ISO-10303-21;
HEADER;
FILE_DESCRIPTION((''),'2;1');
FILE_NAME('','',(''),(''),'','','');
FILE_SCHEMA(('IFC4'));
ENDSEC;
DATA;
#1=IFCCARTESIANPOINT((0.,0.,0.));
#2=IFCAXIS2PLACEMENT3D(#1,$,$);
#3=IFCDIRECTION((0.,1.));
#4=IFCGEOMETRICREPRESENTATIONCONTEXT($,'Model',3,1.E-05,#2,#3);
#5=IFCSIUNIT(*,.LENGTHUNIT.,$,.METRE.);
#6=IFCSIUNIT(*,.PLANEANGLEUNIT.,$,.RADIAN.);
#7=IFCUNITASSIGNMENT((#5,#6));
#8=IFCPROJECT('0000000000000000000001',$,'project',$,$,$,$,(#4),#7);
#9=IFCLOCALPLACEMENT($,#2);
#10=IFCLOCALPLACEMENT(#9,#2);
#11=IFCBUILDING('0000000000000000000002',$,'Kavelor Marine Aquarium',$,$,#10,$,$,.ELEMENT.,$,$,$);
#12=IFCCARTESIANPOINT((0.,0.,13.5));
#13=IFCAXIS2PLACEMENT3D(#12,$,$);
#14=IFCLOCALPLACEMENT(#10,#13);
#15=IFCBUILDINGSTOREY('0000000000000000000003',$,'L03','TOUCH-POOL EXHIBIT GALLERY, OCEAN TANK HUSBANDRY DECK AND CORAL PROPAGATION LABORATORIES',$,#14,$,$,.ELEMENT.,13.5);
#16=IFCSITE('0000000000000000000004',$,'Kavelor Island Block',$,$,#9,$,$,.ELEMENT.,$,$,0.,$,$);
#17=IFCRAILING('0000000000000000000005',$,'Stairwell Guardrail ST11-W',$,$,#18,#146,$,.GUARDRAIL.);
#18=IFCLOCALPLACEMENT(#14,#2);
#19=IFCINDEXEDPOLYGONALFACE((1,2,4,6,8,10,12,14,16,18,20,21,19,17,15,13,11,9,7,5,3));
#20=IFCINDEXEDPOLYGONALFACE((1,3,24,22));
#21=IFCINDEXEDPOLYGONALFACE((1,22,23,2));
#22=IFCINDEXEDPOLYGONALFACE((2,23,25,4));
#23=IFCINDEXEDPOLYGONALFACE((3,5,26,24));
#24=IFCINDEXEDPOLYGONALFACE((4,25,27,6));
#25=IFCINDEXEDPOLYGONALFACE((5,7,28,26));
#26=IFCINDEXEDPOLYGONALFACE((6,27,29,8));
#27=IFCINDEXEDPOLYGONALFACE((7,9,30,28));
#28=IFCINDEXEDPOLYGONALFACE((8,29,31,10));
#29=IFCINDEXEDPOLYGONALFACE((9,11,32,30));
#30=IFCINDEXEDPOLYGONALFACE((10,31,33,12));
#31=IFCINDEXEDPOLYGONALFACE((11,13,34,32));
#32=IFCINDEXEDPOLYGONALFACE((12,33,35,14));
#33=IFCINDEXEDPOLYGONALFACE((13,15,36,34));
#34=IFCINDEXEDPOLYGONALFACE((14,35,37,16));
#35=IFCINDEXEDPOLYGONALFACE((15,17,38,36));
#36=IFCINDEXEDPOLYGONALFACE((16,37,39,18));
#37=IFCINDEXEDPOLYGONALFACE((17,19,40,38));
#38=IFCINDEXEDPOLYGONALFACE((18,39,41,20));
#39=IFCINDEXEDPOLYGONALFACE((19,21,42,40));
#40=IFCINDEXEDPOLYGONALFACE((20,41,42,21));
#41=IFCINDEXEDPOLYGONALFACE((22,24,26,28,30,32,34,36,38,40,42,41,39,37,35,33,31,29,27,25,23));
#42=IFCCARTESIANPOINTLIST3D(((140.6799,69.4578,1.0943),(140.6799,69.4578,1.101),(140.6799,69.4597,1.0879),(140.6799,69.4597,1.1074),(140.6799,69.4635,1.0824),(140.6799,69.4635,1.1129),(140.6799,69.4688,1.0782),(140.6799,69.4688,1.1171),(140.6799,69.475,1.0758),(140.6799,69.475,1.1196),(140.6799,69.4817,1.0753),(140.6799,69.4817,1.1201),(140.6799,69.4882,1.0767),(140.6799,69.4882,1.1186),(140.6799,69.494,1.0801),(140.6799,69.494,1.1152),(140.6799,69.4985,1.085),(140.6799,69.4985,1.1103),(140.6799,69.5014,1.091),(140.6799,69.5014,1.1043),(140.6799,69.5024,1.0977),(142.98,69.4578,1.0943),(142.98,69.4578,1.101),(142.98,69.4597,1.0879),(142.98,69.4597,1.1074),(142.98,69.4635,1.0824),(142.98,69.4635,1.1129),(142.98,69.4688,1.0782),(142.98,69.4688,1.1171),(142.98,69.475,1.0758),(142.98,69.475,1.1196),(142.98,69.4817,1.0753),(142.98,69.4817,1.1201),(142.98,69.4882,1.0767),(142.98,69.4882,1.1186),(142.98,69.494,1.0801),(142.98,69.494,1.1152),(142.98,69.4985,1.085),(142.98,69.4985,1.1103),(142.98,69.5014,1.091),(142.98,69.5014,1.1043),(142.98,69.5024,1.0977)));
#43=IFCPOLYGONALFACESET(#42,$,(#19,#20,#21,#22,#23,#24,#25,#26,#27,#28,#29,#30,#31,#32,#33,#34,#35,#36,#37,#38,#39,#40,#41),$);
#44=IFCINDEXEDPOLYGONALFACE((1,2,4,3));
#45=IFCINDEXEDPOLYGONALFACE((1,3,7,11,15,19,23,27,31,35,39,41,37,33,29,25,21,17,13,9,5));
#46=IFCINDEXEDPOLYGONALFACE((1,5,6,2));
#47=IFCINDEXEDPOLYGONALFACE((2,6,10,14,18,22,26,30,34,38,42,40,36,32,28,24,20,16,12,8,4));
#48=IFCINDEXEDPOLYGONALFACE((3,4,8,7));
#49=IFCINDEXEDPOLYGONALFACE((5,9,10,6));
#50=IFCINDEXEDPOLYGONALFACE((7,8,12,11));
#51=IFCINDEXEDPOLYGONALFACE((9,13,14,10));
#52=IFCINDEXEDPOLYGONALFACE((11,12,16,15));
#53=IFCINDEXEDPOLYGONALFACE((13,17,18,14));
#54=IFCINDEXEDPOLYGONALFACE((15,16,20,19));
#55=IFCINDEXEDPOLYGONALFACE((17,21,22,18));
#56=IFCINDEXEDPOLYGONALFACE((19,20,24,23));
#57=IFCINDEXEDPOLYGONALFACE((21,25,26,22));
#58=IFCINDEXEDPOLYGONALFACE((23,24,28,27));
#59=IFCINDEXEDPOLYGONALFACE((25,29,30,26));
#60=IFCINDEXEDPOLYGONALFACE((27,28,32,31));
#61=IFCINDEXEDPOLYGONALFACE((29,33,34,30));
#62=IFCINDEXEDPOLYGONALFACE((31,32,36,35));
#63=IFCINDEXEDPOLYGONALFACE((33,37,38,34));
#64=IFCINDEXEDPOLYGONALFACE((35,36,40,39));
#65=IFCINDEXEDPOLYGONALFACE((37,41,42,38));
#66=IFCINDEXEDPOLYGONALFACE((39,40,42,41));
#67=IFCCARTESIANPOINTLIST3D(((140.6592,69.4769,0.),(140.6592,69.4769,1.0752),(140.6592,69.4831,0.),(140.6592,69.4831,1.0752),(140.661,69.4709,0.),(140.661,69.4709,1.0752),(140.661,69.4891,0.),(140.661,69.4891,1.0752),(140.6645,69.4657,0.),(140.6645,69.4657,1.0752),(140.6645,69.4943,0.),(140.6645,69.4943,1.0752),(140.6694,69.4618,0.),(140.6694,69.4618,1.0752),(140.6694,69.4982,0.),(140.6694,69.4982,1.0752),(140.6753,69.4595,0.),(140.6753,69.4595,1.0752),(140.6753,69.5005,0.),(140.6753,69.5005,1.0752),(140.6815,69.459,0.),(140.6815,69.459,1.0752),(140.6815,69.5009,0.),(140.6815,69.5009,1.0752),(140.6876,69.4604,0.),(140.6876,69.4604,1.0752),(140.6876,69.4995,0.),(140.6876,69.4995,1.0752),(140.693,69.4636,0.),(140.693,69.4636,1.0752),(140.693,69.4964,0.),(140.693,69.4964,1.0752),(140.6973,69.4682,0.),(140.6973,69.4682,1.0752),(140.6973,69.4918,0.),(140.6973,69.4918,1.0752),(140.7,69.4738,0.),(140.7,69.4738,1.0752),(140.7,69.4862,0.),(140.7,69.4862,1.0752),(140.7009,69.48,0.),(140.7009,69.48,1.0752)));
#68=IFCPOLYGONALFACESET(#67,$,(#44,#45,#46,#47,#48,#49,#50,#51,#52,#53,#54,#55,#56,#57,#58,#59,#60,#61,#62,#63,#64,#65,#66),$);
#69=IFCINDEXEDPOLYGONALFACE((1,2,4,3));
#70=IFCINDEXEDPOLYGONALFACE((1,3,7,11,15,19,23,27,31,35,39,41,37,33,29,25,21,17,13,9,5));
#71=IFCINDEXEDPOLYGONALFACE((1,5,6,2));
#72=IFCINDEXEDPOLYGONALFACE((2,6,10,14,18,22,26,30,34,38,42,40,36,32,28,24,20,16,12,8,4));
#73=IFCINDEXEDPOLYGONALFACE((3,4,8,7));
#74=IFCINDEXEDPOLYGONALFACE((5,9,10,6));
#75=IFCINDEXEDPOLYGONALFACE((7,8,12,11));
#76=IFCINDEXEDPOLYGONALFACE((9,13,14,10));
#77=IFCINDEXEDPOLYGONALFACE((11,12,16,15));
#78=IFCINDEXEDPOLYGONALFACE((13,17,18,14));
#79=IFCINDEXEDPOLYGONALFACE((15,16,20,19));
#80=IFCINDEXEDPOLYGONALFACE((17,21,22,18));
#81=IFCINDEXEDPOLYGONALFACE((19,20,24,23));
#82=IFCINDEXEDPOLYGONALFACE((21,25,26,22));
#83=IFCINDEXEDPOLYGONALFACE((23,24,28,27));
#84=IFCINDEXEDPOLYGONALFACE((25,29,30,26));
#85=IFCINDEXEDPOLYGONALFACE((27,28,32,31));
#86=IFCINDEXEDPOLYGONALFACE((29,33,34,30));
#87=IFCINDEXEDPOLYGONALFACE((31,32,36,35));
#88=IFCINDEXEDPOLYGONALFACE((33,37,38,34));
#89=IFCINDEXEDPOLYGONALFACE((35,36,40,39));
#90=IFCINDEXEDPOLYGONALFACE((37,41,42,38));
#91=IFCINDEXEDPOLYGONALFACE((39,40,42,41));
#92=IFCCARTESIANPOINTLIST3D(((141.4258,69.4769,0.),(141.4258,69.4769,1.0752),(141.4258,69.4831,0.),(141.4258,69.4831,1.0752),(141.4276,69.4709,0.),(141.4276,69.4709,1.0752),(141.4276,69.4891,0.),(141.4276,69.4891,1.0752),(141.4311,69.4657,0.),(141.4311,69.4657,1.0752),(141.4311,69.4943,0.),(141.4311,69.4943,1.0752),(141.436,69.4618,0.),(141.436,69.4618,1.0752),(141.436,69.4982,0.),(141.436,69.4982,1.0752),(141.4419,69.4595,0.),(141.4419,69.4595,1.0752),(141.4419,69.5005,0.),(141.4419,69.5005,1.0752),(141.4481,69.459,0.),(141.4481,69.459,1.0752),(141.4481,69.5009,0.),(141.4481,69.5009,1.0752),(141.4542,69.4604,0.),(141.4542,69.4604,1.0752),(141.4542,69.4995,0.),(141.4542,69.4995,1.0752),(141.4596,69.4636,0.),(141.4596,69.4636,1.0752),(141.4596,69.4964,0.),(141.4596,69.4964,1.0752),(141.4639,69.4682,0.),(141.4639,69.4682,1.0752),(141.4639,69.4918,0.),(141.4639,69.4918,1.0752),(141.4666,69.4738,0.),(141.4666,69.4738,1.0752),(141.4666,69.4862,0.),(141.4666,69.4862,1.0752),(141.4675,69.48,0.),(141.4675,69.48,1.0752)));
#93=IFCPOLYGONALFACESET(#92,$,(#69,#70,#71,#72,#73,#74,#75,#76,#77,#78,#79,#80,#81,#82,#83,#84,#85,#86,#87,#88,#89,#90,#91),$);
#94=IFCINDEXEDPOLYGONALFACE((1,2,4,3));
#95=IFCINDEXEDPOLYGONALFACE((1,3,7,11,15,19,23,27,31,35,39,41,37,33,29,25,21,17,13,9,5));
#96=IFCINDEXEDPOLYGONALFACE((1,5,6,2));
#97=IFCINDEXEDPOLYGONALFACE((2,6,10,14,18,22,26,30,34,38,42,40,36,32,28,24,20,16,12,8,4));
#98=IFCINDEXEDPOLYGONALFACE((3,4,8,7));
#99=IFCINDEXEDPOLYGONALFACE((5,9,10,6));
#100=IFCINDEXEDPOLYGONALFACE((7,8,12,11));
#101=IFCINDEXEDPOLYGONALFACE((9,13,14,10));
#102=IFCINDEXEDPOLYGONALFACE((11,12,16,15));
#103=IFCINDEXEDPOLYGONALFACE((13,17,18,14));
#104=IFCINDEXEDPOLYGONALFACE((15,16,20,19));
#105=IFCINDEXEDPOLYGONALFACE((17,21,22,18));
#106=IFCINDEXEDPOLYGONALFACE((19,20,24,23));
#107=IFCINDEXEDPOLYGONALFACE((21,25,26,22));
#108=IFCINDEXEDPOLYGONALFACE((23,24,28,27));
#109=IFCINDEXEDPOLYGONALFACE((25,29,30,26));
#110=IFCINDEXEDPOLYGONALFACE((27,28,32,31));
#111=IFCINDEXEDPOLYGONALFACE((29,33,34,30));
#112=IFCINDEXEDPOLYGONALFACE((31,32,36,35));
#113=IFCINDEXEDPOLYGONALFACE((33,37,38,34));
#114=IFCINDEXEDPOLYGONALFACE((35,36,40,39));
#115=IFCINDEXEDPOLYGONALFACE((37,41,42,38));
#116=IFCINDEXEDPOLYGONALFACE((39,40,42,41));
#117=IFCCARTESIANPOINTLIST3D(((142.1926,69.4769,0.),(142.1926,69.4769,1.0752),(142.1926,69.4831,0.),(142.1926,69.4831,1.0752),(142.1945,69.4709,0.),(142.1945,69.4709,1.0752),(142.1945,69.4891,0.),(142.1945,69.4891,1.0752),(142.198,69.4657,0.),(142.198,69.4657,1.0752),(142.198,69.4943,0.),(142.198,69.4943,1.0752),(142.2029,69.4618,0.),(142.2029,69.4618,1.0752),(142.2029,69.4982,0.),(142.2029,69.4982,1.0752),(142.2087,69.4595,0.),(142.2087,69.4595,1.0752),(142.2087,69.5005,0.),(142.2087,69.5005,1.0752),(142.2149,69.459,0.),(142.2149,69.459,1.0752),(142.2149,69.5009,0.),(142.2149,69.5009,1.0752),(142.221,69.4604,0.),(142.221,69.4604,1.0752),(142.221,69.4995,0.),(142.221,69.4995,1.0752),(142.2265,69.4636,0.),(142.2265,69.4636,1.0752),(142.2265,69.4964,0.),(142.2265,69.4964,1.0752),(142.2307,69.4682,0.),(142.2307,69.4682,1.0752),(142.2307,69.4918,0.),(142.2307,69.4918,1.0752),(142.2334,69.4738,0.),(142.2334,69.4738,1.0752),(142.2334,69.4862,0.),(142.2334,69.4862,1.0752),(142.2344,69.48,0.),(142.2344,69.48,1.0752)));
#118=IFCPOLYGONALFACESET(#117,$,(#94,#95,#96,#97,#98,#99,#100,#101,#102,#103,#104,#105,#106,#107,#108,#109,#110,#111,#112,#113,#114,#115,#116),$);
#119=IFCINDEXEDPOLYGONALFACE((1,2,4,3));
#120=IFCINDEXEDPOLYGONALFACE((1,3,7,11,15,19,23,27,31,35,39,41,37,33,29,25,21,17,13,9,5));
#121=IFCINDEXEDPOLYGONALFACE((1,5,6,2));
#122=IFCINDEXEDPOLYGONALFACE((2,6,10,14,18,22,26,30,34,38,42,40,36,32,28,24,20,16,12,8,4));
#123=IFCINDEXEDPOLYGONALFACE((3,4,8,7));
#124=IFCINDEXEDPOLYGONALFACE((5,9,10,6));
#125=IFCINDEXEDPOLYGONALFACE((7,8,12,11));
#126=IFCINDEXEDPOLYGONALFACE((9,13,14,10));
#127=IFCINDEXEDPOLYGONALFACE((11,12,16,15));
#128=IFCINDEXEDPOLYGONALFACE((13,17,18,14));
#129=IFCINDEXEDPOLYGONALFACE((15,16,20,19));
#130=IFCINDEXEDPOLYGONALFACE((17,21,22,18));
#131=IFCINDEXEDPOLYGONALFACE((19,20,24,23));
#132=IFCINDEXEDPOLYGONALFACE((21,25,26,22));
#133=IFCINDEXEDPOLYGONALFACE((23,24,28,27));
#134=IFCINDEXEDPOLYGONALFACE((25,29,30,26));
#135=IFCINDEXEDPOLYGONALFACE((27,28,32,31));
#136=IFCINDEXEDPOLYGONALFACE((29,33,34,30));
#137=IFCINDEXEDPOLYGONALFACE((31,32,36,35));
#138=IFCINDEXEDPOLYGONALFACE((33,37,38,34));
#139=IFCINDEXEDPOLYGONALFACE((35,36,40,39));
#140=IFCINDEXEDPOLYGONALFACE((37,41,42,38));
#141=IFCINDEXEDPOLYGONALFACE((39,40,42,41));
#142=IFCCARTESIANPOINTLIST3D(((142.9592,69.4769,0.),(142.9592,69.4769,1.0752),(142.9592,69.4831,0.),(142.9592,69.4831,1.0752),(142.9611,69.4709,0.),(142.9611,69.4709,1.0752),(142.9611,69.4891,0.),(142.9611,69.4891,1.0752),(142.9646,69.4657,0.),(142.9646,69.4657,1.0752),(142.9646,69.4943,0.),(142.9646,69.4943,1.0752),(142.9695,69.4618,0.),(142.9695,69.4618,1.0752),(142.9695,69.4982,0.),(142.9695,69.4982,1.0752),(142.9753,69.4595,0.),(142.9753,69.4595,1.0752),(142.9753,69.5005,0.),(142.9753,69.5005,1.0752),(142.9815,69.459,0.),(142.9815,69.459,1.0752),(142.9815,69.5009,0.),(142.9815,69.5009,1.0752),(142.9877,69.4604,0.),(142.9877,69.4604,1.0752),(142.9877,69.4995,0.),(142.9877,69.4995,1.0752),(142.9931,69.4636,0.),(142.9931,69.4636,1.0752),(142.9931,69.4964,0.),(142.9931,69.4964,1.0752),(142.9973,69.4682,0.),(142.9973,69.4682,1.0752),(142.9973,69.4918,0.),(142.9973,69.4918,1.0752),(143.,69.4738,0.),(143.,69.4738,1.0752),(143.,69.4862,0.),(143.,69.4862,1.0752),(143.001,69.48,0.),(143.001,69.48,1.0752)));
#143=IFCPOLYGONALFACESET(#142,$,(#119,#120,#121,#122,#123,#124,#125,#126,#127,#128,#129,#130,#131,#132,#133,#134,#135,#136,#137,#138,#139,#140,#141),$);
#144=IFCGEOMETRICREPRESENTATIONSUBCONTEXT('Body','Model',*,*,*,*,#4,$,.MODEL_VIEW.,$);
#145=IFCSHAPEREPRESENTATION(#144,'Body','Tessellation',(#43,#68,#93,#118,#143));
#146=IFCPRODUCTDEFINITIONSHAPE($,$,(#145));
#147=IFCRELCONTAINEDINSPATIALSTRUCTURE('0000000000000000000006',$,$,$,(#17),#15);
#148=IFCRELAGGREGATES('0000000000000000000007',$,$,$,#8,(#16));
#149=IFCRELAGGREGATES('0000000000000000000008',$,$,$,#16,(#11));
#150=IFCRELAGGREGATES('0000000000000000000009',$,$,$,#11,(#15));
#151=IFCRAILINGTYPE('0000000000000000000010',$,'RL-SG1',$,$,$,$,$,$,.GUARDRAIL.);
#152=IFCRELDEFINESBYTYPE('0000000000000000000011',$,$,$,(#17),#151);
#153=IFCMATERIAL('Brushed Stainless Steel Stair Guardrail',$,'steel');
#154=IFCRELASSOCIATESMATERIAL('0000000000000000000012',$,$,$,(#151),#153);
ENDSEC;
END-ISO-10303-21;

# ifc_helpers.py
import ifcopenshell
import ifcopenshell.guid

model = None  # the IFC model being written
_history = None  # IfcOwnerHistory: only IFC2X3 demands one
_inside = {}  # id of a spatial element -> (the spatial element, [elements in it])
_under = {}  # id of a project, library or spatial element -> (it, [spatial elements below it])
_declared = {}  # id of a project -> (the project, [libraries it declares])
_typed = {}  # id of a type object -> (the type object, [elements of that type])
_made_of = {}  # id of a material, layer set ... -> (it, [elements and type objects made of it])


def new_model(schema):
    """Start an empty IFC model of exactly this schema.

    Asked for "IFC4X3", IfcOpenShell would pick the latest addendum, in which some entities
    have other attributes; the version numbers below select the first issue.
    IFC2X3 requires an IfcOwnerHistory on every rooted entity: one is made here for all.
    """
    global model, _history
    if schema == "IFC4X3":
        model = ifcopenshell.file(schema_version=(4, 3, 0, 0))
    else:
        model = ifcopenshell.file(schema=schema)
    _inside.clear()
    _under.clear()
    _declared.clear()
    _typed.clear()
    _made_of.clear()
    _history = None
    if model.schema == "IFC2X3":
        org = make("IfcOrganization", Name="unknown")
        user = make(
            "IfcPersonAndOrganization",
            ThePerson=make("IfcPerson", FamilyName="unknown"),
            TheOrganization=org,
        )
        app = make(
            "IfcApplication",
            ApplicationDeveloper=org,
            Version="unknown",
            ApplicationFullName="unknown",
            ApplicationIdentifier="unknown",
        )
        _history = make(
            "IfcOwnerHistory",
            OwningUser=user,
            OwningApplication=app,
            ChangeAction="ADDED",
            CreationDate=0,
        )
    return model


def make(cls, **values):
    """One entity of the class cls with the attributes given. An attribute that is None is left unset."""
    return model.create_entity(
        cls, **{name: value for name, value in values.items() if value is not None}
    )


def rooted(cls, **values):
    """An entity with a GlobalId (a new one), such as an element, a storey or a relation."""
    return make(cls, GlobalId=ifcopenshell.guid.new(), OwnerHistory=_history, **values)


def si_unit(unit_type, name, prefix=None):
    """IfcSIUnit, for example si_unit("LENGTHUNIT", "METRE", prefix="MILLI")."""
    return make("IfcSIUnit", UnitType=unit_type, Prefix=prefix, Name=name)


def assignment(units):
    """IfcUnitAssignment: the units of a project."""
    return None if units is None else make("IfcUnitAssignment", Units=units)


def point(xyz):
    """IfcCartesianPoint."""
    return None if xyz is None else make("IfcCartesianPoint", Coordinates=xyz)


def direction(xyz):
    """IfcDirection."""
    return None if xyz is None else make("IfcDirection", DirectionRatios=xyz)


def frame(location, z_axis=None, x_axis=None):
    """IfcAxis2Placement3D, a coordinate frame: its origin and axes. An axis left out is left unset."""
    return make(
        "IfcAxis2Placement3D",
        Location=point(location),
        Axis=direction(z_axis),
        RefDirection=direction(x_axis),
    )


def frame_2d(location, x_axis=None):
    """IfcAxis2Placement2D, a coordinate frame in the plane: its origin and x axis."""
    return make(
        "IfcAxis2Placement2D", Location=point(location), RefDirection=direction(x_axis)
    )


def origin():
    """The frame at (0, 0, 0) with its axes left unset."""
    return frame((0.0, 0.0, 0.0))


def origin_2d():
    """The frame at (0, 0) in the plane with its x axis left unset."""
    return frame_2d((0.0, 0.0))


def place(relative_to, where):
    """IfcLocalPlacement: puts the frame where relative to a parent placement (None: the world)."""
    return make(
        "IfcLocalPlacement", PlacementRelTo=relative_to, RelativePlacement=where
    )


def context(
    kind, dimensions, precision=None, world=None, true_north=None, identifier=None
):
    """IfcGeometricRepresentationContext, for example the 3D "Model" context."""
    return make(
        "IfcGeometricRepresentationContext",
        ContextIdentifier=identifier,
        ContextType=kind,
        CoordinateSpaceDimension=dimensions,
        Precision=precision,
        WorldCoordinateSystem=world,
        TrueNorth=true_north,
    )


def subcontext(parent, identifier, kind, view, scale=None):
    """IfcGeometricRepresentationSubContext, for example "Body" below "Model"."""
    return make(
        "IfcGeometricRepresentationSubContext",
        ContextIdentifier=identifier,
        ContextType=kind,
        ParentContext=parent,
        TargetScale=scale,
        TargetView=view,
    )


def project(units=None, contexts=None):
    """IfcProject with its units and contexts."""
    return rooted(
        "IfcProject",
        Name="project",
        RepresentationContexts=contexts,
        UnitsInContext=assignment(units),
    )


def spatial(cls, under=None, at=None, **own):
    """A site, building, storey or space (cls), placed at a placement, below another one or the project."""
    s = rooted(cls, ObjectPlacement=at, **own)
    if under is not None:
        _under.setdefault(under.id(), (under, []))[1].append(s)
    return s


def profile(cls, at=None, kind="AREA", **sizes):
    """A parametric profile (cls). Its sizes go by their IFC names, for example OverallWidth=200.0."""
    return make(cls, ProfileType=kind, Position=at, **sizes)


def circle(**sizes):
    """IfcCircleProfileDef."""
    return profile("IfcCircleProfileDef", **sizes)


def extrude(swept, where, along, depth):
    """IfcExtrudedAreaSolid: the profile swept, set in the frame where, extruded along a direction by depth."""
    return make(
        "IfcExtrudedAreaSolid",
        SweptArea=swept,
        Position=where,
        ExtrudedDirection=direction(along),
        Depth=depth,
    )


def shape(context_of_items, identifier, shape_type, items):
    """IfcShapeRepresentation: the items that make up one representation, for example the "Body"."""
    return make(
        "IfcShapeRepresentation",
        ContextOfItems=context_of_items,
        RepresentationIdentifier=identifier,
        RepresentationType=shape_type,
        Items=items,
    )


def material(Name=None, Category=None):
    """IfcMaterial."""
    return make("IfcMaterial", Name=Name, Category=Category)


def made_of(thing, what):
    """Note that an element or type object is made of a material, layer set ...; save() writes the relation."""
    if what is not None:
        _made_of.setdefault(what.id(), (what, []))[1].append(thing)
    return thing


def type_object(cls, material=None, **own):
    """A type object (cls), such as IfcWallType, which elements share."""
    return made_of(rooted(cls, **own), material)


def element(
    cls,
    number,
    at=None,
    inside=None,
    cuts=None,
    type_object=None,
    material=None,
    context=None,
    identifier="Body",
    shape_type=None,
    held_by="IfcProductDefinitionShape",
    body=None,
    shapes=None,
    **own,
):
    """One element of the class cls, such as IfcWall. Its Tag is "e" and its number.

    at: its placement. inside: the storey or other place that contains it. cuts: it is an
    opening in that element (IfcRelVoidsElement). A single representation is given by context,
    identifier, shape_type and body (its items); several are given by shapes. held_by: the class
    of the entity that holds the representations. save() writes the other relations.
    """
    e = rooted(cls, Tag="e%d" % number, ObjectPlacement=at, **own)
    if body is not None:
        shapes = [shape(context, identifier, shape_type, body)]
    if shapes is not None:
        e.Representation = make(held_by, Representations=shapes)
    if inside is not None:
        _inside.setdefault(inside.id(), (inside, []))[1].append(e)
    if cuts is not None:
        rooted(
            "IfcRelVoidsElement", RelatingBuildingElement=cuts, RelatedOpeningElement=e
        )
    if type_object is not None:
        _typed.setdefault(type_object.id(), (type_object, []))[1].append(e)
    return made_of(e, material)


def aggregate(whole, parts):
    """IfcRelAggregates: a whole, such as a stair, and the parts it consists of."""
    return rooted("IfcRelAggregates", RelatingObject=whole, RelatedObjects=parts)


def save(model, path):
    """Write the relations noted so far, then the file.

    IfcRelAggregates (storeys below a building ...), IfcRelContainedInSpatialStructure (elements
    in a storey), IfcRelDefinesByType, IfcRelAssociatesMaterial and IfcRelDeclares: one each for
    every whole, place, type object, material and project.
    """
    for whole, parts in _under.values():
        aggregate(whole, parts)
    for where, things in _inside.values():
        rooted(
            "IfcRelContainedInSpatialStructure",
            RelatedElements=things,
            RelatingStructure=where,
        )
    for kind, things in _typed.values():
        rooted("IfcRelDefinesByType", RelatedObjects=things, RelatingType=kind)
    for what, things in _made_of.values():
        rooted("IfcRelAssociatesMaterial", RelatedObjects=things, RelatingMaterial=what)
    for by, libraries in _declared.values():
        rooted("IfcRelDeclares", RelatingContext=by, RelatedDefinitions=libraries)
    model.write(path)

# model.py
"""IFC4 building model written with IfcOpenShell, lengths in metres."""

from ifc_helpers import new_model, si_unit, direction, frame, origin, origin_2d, place, context, subcontext, project, spatial, circle, extrude, material, type_object, element, save


model = new_model("IFC4")

# Units and contexts
model_context = context("Model", 3, precision=1e-05, world=origin(), true_north=direction((0.0, 1.0)))
body_context = subcontext(model_context, "Body", "Model", "MODEL_VIEW")
ifc_project = project(units=[si_unit("LENGTHUNIT", "METRE"), si_unit("PLANEANGLEUNIT", "RADIAN")], contexts=[model_context])

# Site, building, storey
site_placement = place(None, origin())
site = spatial("IfcSite", under=ifc_project, at=site_placement, Name="Kavelor Island Block", CompositionType="ELEMENT", RefElevation=0.0)
building_placement = place(site_placement, origin())
building = spatial("IfcBuilding", under=site, at=building_placement, Name="Kavelor Marine Aquarium", CompositionType="ELEMENT")
storey_placement = place(building_placement, frame((0.0, 0.0, 13.5)))
storey = spatial("IfcBuildingStorey", under=building, at=storey_placement, Name="L03", Description="TOUCH-POOL EXHIBIT GALLERY, OCEAN TANK HUSBANDRY DECK AND CORAL PROPAGATION LABORATORIES", CompositionType="ELEMENT", Elevation=13.5)

# Railing
ifc_material_1 = material(Name="Brushed Stainless Steel Stair Guardrail", Category="steel")
railing_type_1 = type_object("IfcRailingType", Name="RL-SG1", PredefinedType="GUARDRAIL", material=ifc_material_1)
railing_1_placement = place(storey_placement, frame((140.6799, 69.48, 0.0)))
element("IfcRailing", 1, at=railing_1_placement, inside=storey, type_object=railing_type_1, Name="Stairwell Guardrail ST11-W", PredefinedType="GUARDRAIL", context=body_context, shape_type="SweptSolid", body=[
    extrude(circle(Radius=0.0225, at=origin_2d()), frame((0.0, 0.0, 1.0977), z_axis=(1.0, 0.0, 0.0), x_axis=(0.0, 1.0, 0.0)), (0.0, 0.0, 1.0), 2.3),
    extrude(circle(Radius=0.021, at=origin_2d()), origin(), (0.0, 0.0, 1.0), 1.0752),
    extrude(circle(Radius=0.021, at=origin_2d()), frame((0.7666, 0.0, 0.0)), (0.0, 0.0, 1.0), 1.0752),
    extrude(circle(Radius=0.021, at=origin_2d()), frame((1.5334, 0.0, 0.0)), (0.0, 0.0, 1.0), 1.0752),
    extrude(circle(Radius=0.021, at=origin_2d()), frame((2.3, 0.0, 0.0)), (0.0, 0.0, 1.0), 1.0752),
])

save(model, "model.ifc")
